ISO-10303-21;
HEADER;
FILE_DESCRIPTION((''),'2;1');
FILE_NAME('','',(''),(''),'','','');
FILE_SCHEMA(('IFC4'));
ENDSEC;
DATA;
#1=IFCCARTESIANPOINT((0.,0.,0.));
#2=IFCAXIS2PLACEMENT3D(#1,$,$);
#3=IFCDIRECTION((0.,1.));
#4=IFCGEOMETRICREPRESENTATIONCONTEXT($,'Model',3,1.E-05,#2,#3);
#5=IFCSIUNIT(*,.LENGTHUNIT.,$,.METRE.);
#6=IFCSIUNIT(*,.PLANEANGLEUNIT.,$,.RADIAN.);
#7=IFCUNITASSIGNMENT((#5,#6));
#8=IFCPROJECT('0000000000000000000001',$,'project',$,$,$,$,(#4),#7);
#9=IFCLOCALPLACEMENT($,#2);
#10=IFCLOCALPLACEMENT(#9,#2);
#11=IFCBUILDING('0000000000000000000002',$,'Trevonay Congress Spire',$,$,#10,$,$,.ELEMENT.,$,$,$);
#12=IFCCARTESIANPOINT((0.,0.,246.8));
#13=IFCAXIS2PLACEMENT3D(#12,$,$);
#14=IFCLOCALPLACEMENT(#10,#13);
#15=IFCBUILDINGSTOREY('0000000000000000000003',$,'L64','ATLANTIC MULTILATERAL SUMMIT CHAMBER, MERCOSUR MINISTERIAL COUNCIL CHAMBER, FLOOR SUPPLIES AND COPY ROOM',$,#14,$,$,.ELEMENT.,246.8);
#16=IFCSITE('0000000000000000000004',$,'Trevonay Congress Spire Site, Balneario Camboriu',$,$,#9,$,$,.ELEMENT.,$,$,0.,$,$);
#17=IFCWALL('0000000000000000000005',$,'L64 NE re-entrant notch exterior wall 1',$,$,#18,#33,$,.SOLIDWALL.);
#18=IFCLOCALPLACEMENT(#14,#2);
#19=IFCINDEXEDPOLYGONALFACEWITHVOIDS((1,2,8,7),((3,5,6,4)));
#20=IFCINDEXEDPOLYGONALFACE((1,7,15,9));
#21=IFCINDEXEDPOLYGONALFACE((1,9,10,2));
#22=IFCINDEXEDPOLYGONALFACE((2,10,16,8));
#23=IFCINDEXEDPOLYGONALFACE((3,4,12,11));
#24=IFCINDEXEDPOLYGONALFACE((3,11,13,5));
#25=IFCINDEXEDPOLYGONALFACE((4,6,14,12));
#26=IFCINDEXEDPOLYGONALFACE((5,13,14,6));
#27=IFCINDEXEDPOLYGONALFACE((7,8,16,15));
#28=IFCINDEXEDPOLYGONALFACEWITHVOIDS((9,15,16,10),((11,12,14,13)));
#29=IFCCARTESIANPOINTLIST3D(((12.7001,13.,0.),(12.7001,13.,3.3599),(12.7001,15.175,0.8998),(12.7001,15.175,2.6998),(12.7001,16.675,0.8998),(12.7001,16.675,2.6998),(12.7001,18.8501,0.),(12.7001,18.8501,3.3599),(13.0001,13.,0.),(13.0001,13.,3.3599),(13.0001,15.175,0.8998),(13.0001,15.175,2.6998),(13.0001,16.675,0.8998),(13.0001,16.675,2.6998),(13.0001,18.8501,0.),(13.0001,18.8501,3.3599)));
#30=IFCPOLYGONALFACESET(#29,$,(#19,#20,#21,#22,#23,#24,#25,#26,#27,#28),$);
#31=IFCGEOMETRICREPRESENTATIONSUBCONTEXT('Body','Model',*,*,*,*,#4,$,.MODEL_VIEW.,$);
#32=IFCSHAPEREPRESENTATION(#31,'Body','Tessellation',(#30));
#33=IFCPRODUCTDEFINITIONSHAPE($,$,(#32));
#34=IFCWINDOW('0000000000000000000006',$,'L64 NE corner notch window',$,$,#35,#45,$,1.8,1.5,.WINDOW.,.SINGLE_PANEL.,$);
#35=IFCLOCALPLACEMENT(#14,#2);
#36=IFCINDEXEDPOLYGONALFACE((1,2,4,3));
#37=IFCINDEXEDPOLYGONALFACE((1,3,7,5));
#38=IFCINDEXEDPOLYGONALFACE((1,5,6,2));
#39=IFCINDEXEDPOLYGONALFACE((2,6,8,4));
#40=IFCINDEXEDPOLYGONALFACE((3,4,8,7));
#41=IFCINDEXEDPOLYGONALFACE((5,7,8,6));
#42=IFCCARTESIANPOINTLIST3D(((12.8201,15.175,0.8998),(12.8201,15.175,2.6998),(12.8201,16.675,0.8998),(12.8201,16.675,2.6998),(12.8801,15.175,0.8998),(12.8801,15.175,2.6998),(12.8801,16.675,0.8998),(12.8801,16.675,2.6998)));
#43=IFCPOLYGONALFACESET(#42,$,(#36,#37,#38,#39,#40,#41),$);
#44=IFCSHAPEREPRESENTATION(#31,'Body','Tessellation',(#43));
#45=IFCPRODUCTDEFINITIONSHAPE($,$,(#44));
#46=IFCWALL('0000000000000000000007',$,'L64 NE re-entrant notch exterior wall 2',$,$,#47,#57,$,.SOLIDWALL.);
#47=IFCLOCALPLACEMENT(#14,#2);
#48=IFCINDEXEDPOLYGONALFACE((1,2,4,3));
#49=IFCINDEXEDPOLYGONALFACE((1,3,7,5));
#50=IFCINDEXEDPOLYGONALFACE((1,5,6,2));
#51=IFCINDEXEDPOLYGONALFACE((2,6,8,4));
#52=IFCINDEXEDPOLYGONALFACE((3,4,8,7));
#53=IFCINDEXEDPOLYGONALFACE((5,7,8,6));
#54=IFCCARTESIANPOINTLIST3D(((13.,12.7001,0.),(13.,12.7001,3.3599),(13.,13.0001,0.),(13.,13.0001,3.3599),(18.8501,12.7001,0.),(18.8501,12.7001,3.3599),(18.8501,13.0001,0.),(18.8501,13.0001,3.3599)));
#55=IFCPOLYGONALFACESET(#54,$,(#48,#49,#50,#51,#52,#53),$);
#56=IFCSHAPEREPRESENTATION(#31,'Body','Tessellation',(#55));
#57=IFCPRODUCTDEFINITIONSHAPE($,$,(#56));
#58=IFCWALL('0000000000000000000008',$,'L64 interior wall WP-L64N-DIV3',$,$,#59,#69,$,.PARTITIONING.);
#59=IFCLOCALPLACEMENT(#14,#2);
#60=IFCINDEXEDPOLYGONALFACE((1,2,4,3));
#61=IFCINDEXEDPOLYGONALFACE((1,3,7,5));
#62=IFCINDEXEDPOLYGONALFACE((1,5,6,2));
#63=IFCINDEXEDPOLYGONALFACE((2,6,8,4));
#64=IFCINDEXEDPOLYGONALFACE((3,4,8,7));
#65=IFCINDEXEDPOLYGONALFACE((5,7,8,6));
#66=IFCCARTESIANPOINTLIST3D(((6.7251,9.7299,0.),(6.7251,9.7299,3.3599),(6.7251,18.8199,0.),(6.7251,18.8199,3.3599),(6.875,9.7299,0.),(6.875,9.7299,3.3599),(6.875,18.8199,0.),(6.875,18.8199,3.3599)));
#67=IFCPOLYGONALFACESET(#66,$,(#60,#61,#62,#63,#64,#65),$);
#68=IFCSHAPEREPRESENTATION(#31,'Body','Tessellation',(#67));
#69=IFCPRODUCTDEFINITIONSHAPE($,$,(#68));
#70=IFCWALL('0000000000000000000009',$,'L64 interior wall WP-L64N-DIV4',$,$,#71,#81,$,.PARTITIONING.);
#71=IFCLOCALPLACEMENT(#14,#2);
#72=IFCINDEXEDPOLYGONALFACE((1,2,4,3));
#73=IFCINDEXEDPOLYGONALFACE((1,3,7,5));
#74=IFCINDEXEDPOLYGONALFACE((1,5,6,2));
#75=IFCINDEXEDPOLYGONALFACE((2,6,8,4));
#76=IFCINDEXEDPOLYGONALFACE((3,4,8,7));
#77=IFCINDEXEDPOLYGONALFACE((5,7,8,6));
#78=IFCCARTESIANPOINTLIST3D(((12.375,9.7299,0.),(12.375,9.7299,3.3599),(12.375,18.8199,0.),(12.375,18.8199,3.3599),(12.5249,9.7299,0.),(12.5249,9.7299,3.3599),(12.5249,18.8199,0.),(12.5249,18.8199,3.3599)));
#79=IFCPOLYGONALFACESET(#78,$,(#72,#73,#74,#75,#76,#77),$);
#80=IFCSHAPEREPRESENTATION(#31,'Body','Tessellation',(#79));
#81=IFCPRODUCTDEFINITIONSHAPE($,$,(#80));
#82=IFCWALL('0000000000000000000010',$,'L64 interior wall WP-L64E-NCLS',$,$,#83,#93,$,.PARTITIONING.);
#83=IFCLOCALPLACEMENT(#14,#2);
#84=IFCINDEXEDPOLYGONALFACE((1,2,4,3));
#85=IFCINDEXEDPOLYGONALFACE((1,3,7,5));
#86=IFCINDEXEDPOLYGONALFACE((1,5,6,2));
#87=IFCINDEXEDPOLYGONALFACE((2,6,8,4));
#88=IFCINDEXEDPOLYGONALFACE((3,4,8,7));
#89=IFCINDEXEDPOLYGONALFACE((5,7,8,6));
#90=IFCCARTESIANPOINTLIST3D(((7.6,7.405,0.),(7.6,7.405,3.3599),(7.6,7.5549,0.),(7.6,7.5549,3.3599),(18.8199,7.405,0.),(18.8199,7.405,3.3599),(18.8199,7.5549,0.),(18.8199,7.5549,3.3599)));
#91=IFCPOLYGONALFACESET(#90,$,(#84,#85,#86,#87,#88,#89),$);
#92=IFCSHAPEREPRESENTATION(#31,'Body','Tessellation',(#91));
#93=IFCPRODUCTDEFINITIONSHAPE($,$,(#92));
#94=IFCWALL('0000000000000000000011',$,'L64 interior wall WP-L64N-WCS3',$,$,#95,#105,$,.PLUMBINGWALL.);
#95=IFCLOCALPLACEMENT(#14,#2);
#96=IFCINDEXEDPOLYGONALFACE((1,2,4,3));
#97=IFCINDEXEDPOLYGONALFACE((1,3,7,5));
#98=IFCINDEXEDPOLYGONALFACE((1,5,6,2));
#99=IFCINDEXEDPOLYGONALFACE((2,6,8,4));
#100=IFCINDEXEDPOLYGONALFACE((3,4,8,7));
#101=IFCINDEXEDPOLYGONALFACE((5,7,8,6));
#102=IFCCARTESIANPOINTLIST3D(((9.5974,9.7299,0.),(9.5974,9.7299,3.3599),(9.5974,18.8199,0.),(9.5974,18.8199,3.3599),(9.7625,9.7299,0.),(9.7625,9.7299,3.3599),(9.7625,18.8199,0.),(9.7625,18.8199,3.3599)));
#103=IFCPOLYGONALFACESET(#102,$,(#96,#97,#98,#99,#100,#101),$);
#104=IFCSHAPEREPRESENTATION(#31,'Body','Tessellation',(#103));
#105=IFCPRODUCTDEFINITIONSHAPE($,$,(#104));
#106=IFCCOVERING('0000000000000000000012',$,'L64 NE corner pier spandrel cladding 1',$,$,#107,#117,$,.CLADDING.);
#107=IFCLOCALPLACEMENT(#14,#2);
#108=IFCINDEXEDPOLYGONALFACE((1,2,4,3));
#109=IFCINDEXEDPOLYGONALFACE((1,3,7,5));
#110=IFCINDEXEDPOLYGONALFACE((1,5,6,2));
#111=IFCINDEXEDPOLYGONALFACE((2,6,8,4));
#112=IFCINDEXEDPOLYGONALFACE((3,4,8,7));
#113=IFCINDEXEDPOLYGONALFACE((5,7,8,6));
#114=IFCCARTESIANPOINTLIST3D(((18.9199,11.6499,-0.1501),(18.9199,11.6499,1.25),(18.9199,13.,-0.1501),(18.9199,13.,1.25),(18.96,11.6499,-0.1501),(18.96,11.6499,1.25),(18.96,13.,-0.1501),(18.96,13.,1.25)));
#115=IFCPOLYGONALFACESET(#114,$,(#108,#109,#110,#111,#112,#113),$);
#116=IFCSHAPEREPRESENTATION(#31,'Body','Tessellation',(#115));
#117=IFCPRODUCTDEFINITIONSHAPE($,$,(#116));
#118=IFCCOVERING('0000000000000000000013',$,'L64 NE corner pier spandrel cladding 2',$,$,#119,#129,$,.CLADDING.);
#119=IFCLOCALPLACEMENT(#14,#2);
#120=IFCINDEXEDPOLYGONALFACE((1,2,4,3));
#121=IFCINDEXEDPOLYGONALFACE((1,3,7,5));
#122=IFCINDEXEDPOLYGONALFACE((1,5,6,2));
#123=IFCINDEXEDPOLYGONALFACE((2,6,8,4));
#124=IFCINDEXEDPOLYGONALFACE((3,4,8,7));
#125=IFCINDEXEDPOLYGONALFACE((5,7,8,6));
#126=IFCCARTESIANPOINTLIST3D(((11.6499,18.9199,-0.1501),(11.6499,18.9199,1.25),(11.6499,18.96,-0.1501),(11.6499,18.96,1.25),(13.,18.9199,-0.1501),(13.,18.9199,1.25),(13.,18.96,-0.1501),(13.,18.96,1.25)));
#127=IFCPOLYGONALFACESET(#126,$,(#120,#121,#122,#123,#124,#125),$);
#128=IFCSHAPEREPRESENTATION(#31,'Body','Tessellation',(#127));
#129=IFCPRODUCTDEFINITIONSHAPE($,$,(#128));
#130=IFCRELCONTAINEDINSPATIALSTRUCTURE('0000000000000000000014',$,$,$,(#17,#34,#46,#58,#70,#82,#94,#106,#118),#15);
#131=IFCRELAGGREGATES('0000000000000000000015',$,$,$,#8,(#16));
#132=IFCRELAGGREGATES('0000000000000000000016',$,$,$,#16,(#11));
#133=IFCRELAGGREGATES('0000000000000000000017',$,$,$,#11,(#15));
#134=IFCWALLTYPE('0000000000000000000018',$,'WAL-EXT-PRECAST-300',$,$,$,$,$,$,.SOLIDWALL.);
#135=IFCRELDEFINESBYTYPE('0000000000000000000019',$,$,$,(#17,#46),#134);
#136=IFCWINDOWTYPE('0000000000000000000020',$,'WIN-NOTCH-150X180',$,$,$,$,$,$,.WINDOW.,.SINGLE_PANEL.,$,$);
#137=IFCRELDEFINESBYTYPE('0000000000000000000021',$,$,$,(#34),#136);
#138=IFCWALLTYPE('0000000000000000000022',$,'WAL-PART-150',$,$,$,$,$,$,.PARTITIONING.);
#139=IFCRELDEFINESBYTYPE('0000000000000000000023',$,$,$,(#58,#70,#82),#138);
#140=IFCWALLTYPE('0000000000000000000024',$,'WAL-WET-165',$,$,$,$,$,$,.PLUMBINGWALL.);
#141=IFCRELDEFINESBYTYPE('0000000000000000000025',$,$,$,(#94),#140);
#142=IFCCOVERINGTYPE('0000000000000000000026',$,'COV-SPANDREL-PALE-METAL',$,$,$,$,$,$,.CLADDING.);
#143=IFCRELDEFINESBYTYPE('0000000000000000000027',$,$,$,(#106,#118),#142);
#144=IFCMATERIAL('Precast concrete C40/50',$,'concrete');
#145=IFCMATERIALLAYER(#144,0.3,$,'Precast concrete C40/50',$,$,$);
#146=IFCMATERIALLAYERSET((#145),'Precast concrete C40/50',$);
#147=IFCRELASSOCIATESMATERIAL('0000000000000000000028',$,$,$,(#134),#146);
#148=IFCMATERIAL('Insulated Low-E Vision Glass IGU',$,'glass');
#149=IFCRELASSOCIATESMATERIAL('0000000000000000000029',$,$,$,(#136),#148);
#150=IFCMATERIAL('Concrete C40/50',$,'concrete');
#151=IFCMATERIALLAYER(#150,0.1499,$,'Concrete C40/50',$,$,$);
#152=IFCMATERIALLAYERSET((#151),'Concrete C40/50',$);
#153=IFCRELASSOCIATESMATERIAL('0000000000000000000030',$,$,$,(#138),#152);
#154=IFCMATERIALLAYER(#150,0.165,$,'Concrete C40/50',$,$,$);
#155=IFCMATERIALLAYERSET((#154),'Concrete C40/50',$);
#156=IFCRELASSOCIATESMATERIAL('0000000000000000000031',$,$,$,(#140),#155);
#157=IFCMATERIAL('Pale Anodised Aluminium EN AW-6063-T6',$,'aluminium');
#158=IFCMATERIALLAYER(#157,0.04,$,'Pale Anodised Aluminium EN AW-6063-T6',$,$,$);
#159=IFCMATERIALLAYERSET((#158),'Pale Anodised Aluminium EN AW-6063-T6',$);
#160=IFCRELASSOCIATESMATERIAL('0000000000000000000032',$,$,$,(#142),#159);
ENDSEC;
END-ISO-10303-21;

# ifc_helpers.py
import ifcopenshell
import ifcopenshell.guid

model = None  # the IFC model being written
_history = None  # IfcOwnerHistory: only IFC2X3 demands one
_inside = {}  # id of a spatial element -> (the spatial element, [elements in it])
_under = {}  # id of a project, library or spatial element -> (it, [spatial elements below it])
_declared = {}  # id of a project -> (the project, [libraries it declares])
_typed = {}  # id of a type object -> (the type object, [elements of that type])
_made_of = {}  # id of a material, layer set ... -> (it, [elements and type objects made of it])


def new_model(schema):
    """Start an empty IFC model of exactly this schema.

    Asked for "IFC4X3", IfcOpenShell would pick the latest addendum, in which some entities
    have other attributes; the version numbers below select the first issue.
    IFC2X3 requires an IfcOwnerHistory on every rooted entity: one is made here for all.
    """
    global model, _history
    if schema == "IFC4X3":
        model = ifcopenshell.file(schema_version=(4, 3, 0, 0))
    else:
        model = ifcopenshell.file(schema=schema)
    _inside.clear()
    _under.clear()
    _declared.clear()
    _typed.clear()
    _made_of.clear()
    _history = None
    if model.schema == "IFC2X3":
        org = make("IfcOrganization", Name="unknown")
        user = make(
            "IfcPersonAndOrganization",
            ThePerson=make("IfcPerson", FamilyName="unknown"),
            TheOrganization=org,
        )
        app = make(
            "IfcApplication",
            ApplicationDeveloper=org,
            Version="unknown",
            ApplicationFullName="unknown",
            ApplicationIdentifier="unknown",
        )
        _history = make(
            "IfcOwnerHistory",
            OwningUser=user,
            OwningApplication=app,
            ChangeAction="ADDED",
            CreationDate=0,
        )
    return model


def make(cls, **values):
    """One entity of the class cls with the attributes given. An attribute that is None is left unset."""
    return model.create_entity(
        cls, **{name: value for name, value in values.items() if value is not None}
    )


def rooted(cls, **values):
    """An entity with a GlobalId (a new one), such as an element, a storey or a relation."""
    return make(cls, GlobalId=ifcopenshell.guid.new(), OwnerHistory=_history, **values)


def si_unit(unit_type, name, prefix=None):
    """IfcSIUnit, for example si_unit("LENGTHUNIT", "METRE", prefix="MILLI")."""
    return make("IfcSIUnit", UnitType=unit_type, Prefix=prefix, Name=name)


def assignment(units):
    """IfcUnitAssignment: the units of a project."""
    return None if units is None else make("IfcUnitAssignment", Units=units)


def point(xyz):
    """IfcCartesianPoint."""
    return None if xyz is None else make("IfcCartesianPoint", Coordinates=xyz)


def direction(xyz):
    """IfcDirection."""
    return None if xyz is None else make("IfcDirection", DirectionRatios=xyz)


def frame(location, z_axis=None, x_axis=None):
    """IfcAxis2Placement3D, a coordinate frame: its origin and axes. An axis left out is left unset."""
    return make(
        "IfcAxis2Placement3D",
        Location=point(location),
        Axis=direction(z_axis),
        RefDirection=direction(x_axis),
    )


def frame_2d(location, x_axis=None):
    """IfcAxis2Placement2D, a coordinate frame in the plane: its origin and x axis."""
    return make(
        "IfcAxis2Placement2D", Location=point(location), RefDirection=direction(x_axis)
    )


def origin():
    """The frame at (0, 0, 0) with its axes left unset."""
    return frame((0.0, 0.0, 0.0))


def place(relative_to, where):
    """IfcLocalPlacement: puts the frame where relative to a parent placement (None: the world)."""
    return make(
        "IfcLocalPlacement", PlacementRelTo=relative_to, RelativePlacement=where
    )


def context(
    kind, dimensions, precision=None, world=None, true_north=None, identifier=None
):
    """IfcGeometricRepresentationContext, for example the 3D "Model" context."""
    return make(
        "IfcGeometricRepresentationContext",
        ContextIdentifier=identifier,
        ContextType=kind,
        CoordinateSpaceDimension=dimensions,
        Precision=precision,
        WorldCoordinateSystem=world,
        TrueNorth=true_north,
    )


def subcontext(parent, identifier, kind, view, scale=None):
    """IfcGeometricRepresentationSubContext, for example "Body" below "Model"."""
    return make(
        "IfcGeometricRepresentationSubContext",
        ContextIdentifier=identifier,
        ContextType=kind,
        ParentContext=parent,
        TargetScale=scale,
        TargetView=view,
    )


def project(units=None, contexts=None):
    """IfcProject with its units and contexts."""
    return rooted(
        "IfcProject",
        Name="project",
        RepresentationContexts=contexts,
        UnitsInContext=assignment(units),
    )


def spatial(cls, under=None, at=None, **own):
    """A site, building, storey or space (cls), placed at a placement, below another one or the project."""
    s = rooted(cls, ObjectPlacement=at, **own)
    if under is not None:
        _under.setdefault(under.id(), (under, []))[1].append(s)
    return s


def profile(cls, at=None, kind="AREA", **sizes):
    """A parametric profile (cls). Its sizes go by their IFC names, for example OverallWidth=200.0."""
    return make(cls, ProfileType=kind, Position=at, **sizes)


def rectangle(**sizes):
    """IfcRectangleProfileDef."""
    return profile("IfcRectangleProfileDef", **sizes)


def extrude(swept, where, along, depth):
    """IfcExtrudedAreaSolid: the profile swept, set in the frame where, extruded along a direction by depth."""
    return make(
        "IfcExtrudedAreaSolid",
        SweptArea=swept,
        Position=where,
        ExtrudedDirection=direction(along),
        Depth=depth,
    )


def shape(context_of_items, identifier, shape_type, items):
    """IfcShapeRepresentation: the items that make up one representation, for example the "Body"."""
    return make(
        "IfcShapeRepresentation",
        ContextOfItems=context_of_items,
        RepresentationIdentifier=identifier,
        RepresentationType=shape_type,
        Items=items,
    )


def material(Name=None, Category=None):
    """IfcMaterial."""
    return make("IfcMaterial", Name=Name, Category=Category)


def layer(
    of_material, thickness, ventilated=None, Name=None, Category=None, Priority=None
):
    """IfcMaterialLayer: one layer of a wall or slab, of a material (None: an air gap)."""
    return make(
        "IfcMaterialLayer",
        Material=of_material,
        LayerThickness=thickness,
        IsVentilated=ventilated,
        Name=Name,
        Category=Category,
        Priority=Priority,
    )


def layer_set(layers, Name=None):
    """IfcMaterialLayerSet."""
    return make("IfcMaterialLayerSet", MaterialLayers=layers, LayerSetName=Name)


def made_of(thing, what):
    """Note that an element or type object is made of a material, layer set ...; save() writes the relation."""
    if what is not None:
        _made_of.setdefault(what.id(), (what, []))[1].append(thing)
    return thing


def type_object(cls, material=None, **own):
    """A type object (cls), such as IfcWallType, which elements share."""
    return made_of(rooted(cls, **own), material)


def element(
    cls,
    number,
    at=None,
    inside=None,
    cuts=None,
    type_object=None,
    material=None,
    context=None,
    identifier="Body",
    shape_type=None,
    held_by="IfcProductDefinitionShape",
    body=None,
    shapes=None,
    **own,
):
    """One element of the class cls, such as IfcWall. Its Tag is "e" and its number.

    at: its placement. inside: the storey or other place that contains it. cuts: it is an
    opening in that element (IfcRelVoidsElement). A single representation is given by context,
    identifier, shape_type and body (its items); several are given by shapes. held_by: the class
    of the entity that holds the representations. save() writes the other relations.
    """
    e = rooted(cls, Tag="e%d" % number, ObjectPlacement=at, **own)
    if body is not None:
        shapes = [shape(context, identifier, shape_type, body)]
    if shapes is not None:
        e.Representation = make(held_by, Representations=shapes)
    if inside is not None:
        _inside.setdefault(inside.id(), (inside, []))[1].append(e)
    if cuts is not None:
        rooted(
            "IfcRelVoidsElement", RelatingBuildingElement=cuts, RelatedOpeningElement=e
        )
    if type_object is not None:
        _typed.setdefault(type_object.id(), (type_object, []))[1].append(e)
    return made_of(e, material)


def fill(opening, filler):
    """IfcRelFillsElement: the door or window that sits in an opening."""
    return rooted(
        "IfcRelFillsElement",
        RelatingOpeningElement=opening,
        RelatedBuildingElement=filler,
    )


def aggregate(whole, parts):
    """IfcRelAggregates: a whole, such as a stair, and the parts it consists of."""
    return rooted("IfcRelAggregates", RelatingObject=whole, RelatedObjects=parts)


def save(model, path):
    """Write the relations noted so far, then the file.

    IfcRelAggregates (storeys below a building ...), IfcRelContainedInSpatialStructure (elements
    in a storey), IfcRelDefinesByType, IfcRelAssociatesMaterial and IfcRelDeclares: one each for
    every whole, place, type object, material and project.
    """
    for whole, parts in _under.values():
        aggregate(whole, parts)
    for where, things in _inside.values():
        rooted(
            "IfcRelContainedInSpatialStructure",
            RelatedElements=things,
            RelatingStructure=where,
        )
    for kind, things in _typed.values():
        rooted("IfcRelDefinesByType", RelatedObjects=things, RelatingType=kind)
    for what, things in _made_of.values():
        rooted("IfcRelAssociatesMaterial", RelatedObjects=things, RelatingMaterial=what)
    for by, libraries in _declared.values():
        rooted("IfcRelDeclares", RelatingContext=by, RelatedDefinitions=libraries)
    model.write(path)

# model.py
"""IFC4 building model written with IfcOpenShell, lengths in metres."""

from ifc_helpers import new_model, si_unit, direction, frame, frame_2d, origin, place, context, subcontext, project, spatial, rectangle, extrude, material, layer, layer_set, type_object, element, fill, save


model = new_model("IFC4")

# Units and contexts
model_context = context("Model", 3, precision=1e-05, world=origin(), true_north=direction((0.0, 1.0)))
body_context = subcontext(model_context, "Body", "Model", "MODEL_VIEW")
ifc_project = project(units=[si_unit("LENGTHUNIT", "METRE"), si_unit("PLANEANGLEUNIT", "RADIAN")], contexts=[model_context])

# Site, building, storey
site_placement = place(None, origin())
site = spatial("IfcSite", under=ifc_project, at=site_placement, Name="Trevonay Congress Spire Site, Balneario Camboriu", CompositionType="ELEMENT", RefElevation=0.0)
building_placement = place(site_placement, origin())
building = spatial("IfcBuilding", under=site, at=building_placement, Name="Trevonay Congress Spire", CompositionType="ELEMENT")
storey_placement = place(building_placement, frame((0.0, 0.0, 246.8)))
storey = spatial("IfcBuildingStorey", under=building, at=storey_placement, Name="L64", Description="ATLANTIC MULTILATERAL SUMMIT CHAMBER, MERCOSUR MINISTERIAL COUNCIL CHAMBER, FLOOR SUPPLIES AND COPY ROOM", CompositionType="ELEMENT", Elevation=246.8)

# Shared definitions
ifc_material_1 = material(Name="Pale Anodised Aluminium EN AW-6063-T6", Category="aluminium")

# Shared definitions
ifc_material_2 = material(Name="Insulated Low-E Vision Glass IGU", Category="glass")

# Shared definitions
ifc_material_3 = material(Name="Precast concrete C40/50", Category="concrete")
ifc_layer_1 = layer(ifc_material_3, 0.3, Name="Precast concrete C40/50")
ifc_layer_set_1 = layer_set([ifc_layer_1], Name="Precast concrete C40/50")
wall_type_1 = type_object("IfcWallType", Name="WAL-EXT-PRECAST-300", PredefinedType="SOLIDWALL", material=ifc_layer_set_1)

# Wall, opening, window
wall_1_placement = place(storey_placement, frame((12.8501, 18.8501, 0.0), z_axis=(0.0, 0.0, 1.0), x_axis=(0.0, -1.0, 0.0)))
wall_1 = element("IfcWall", 1, at=wall_1_placement, inside=storey, type_object=wall_type_1, Name="L64 NE re-entrant notch exterior wall 1", PredefinedType="SOLIDWALL", context=body_context, shape_type="SweptSolid", body=[
    extrude(rectangle(XDim=5.8501, YDim=0.3, at=frame_2d((2.925, 0.0))), origin(), (0.0, 0.0, 1.0), 3.3599),
])
opening_placement = place(wall_1_placement, frame((2.175, 0.0, 0.8999)))
opening = element("IfcOpeningElement", 2, at=opening_placement, cuts=wall_1, PredefinedType="OPENING", context=body_context, shape_type="SweptSolid", body=[
    extrude(rectangle(XDim=1.5, YDim=1.8, at=frame_2d((0.75, 0.8999))), frame((0.0, 0.1602, 0.0), z_axis=(0.0, -1.0, 0.0), x_axis=(1.0, 0.0, 0.0)), (0.0, 0.0, 1.0), 0.3201),
])
window_type = type_object("IfcWindowType", Name="WIN-NOTCH-150X180", PartitioningType="SINGLE_PANEL", PredefinedType="WINDOW", material=ifc_material_2)
window_placement = place(opening_placement, origin())
window = element("IfcWindow", 3, at=window_placement, inside=storey, type_object=window_type, Name="L64 NE corner notch window", OverallHeight=1.8, OverallWidth=1.5, PartitioningType="SINGLE_PANEL", PredefinedType="WINDOW", context=body_context, shape_type="SweptSolid", body=[
    extrude(rectangle(XDim=1.5, YDim=1.8, at=frame_2d((0.75, 0.8999))), frame((0.0, 0.03, 0.0), z_axis=(0.0, -1.0, 0.0), x_axis=(1.0, 0.0, 0.0)), (0.0, 0.0, 1.0), 0.0601),
])
fill(opening, window)

# Walls
wall_2_placement = place(storey_placement, frame((18.8501, 12.8501, 0.0), z_axis=(0.0, 0.0, 1.0), x_axis=(-1.0, 0.0, 0.0)))
element("IfcWall", 4, at=wall_2_placement, inside=storey, type_object=wall_type_1, Name="L64 NE re-entrant notch exterior wall 2", PredefinedType="SOLIDWALL", context=body_context, shape_type="SweptSolid", body=[
    extrude(rectangle(XDim=5.8501, YDim=0.3, at=frame_2d((2.925, 0.0))), origin(), (0.0, 0.0, 1.0), 3.3599),
])
ifc_material_4 = material(Name="Concrete C40/50", Category="concrete")
ifc_layer_2 = layer(ifc_material_4, 0.1499, Name="Concrete C40/50")
ifc_layer_set_2 = layer_set([ifc_layer_2], Name="Concrete C40/50")
wall_type_2 = type_object("IfcWallType", Name="WAL-PART-150", PredefinedType="PARTITIONING", material=ifc_layer_set_2)
for number, where, z_axis, x_axis, name in (
    (5, (6.8, 9.73, 0.0), (0.0, 0.0, 1.0), (0.0, 1.0, 0.0), "L64 interior wall WP-L64N-DIV3"),
    (6, (12.45, 9.73, 0.0), (0.0, 0.0, 1.0), (0.0, 1.0, 0.0), "L64 interior wall WP-L64N-DIV4"),
):
    element("IfcWall", number, at=place(storey_placement, frame(where, z_axis=z_axis, x_axis=x_axis)), inside=storey, type_object=wall_type_2, Name=name, PredefinedType="PARTITIONING", context=body_context, shape_type="SweptSolid", body=[
        extrude(rectangle(XDim=9.0901, YDim=0.1499, at=frame_2d((4.5449, 0.0))), origin(), (0.0, 0.0, 1.0), 3.3599),
    ])
wall_3_placement = place(storey_placement, frame((7.6001, 7.48, 0.0), z_axis=(0.0, 0.0, 1.0), x_axis=(1.0, 0.0, 0.0)))
element("IfcWall", 7, at=wall_3_placement, inside=storey, type_object=wall_type_2, Name="L64 interior wall WP-L64E-NCLS", PredefinedType="PARTITIONING", context=body_context, shape_type="SweptSolid", body=[
    extrude(rectangle(XDim=11.22, YDim=0.1499, at=frame_2d((5.6099, 0.0))), origin(), (0.0, 0.0, 1.0), 3.3599),
])
ifc_layer_3 = layer(ifc_material_4, 0.165, Name="Concrete C40/50")
ifc_layer_set_3 = layer_set([ifc_layer_3], Name="Concrete C40/50")
wall_type_3 = type_object("IfcWallType", Name="WAL-WET-165", PredefinedType="PLUMBINGWALL", material=ifc_layer_set_3)
wall_4_placement = place(storey_placement, frame((9.6799, 9.73, 0.0), z_axis=(0.0, 0.0, 1.0), x_axis=(0.0, 1.0, 0.0)))
element("IfcWall", 8, at=wall_4_placement, inside=storey, type_object=wall_type_3, Name="L64 interior wall WP-L64N-WCS3", PredefinedType="PLUMBINGWALL", context=body_context, shape_type="SweptSolid", body=[
    extrude(rectangle(XDim=9.0901, YDim=0.165, at=frame_2d((4.5449, 0.0))), origin(), (0.0, 0.0, 1.0), 3.3599),
])

# Coverings
ifc_layer_4 = layer(ifc_material_1, 0.04, Name="Pale Anodised Aluminium EN AW-6063-T6")
ifc_layer_set_4 = layer_set([ifc_layer_4], Name="Pale Anodised Aluminium EN AW-6063-T6")
covering_type = type_object("IfcCoveringType", Name="COV-SPANDREL-PALE-METAL", PredefinedType="CLADDING", material=ifc_layer_set_4)
for number, where, z_axis, x_axis, name in (
    (9, (18.9399, 11.6499, -0.1501), (0.0, 0.0, 1.0), (0.0, 1.0, 0.0), "L64 NE corner pier spandrel cladding 1"),
    (10, (11.6499, 18.9399, -0.1501), (0.0, 0.0, 1.0), (1.0, 0.0, 0.0), "L64 NE corner pier spandrel cladding 2"),
):
    element("IfcCovering", number, at=place(storey_placement, frame(where, z_axis=z_axis, x_axis=x_axis)), inside=storey, type_object=covering_type, Name=name, PredefinedType="CLADDING", context=body_context, shape_type="SweptSolid", body=[
        extrude(rectangle(XDim=1.3501, YDim=0.04, at=frame_2d((0.675, 0.0))), origin(), (0.0, 0.0, 1.0), 1.4001),
    ])

save(model, "model.ifc")
